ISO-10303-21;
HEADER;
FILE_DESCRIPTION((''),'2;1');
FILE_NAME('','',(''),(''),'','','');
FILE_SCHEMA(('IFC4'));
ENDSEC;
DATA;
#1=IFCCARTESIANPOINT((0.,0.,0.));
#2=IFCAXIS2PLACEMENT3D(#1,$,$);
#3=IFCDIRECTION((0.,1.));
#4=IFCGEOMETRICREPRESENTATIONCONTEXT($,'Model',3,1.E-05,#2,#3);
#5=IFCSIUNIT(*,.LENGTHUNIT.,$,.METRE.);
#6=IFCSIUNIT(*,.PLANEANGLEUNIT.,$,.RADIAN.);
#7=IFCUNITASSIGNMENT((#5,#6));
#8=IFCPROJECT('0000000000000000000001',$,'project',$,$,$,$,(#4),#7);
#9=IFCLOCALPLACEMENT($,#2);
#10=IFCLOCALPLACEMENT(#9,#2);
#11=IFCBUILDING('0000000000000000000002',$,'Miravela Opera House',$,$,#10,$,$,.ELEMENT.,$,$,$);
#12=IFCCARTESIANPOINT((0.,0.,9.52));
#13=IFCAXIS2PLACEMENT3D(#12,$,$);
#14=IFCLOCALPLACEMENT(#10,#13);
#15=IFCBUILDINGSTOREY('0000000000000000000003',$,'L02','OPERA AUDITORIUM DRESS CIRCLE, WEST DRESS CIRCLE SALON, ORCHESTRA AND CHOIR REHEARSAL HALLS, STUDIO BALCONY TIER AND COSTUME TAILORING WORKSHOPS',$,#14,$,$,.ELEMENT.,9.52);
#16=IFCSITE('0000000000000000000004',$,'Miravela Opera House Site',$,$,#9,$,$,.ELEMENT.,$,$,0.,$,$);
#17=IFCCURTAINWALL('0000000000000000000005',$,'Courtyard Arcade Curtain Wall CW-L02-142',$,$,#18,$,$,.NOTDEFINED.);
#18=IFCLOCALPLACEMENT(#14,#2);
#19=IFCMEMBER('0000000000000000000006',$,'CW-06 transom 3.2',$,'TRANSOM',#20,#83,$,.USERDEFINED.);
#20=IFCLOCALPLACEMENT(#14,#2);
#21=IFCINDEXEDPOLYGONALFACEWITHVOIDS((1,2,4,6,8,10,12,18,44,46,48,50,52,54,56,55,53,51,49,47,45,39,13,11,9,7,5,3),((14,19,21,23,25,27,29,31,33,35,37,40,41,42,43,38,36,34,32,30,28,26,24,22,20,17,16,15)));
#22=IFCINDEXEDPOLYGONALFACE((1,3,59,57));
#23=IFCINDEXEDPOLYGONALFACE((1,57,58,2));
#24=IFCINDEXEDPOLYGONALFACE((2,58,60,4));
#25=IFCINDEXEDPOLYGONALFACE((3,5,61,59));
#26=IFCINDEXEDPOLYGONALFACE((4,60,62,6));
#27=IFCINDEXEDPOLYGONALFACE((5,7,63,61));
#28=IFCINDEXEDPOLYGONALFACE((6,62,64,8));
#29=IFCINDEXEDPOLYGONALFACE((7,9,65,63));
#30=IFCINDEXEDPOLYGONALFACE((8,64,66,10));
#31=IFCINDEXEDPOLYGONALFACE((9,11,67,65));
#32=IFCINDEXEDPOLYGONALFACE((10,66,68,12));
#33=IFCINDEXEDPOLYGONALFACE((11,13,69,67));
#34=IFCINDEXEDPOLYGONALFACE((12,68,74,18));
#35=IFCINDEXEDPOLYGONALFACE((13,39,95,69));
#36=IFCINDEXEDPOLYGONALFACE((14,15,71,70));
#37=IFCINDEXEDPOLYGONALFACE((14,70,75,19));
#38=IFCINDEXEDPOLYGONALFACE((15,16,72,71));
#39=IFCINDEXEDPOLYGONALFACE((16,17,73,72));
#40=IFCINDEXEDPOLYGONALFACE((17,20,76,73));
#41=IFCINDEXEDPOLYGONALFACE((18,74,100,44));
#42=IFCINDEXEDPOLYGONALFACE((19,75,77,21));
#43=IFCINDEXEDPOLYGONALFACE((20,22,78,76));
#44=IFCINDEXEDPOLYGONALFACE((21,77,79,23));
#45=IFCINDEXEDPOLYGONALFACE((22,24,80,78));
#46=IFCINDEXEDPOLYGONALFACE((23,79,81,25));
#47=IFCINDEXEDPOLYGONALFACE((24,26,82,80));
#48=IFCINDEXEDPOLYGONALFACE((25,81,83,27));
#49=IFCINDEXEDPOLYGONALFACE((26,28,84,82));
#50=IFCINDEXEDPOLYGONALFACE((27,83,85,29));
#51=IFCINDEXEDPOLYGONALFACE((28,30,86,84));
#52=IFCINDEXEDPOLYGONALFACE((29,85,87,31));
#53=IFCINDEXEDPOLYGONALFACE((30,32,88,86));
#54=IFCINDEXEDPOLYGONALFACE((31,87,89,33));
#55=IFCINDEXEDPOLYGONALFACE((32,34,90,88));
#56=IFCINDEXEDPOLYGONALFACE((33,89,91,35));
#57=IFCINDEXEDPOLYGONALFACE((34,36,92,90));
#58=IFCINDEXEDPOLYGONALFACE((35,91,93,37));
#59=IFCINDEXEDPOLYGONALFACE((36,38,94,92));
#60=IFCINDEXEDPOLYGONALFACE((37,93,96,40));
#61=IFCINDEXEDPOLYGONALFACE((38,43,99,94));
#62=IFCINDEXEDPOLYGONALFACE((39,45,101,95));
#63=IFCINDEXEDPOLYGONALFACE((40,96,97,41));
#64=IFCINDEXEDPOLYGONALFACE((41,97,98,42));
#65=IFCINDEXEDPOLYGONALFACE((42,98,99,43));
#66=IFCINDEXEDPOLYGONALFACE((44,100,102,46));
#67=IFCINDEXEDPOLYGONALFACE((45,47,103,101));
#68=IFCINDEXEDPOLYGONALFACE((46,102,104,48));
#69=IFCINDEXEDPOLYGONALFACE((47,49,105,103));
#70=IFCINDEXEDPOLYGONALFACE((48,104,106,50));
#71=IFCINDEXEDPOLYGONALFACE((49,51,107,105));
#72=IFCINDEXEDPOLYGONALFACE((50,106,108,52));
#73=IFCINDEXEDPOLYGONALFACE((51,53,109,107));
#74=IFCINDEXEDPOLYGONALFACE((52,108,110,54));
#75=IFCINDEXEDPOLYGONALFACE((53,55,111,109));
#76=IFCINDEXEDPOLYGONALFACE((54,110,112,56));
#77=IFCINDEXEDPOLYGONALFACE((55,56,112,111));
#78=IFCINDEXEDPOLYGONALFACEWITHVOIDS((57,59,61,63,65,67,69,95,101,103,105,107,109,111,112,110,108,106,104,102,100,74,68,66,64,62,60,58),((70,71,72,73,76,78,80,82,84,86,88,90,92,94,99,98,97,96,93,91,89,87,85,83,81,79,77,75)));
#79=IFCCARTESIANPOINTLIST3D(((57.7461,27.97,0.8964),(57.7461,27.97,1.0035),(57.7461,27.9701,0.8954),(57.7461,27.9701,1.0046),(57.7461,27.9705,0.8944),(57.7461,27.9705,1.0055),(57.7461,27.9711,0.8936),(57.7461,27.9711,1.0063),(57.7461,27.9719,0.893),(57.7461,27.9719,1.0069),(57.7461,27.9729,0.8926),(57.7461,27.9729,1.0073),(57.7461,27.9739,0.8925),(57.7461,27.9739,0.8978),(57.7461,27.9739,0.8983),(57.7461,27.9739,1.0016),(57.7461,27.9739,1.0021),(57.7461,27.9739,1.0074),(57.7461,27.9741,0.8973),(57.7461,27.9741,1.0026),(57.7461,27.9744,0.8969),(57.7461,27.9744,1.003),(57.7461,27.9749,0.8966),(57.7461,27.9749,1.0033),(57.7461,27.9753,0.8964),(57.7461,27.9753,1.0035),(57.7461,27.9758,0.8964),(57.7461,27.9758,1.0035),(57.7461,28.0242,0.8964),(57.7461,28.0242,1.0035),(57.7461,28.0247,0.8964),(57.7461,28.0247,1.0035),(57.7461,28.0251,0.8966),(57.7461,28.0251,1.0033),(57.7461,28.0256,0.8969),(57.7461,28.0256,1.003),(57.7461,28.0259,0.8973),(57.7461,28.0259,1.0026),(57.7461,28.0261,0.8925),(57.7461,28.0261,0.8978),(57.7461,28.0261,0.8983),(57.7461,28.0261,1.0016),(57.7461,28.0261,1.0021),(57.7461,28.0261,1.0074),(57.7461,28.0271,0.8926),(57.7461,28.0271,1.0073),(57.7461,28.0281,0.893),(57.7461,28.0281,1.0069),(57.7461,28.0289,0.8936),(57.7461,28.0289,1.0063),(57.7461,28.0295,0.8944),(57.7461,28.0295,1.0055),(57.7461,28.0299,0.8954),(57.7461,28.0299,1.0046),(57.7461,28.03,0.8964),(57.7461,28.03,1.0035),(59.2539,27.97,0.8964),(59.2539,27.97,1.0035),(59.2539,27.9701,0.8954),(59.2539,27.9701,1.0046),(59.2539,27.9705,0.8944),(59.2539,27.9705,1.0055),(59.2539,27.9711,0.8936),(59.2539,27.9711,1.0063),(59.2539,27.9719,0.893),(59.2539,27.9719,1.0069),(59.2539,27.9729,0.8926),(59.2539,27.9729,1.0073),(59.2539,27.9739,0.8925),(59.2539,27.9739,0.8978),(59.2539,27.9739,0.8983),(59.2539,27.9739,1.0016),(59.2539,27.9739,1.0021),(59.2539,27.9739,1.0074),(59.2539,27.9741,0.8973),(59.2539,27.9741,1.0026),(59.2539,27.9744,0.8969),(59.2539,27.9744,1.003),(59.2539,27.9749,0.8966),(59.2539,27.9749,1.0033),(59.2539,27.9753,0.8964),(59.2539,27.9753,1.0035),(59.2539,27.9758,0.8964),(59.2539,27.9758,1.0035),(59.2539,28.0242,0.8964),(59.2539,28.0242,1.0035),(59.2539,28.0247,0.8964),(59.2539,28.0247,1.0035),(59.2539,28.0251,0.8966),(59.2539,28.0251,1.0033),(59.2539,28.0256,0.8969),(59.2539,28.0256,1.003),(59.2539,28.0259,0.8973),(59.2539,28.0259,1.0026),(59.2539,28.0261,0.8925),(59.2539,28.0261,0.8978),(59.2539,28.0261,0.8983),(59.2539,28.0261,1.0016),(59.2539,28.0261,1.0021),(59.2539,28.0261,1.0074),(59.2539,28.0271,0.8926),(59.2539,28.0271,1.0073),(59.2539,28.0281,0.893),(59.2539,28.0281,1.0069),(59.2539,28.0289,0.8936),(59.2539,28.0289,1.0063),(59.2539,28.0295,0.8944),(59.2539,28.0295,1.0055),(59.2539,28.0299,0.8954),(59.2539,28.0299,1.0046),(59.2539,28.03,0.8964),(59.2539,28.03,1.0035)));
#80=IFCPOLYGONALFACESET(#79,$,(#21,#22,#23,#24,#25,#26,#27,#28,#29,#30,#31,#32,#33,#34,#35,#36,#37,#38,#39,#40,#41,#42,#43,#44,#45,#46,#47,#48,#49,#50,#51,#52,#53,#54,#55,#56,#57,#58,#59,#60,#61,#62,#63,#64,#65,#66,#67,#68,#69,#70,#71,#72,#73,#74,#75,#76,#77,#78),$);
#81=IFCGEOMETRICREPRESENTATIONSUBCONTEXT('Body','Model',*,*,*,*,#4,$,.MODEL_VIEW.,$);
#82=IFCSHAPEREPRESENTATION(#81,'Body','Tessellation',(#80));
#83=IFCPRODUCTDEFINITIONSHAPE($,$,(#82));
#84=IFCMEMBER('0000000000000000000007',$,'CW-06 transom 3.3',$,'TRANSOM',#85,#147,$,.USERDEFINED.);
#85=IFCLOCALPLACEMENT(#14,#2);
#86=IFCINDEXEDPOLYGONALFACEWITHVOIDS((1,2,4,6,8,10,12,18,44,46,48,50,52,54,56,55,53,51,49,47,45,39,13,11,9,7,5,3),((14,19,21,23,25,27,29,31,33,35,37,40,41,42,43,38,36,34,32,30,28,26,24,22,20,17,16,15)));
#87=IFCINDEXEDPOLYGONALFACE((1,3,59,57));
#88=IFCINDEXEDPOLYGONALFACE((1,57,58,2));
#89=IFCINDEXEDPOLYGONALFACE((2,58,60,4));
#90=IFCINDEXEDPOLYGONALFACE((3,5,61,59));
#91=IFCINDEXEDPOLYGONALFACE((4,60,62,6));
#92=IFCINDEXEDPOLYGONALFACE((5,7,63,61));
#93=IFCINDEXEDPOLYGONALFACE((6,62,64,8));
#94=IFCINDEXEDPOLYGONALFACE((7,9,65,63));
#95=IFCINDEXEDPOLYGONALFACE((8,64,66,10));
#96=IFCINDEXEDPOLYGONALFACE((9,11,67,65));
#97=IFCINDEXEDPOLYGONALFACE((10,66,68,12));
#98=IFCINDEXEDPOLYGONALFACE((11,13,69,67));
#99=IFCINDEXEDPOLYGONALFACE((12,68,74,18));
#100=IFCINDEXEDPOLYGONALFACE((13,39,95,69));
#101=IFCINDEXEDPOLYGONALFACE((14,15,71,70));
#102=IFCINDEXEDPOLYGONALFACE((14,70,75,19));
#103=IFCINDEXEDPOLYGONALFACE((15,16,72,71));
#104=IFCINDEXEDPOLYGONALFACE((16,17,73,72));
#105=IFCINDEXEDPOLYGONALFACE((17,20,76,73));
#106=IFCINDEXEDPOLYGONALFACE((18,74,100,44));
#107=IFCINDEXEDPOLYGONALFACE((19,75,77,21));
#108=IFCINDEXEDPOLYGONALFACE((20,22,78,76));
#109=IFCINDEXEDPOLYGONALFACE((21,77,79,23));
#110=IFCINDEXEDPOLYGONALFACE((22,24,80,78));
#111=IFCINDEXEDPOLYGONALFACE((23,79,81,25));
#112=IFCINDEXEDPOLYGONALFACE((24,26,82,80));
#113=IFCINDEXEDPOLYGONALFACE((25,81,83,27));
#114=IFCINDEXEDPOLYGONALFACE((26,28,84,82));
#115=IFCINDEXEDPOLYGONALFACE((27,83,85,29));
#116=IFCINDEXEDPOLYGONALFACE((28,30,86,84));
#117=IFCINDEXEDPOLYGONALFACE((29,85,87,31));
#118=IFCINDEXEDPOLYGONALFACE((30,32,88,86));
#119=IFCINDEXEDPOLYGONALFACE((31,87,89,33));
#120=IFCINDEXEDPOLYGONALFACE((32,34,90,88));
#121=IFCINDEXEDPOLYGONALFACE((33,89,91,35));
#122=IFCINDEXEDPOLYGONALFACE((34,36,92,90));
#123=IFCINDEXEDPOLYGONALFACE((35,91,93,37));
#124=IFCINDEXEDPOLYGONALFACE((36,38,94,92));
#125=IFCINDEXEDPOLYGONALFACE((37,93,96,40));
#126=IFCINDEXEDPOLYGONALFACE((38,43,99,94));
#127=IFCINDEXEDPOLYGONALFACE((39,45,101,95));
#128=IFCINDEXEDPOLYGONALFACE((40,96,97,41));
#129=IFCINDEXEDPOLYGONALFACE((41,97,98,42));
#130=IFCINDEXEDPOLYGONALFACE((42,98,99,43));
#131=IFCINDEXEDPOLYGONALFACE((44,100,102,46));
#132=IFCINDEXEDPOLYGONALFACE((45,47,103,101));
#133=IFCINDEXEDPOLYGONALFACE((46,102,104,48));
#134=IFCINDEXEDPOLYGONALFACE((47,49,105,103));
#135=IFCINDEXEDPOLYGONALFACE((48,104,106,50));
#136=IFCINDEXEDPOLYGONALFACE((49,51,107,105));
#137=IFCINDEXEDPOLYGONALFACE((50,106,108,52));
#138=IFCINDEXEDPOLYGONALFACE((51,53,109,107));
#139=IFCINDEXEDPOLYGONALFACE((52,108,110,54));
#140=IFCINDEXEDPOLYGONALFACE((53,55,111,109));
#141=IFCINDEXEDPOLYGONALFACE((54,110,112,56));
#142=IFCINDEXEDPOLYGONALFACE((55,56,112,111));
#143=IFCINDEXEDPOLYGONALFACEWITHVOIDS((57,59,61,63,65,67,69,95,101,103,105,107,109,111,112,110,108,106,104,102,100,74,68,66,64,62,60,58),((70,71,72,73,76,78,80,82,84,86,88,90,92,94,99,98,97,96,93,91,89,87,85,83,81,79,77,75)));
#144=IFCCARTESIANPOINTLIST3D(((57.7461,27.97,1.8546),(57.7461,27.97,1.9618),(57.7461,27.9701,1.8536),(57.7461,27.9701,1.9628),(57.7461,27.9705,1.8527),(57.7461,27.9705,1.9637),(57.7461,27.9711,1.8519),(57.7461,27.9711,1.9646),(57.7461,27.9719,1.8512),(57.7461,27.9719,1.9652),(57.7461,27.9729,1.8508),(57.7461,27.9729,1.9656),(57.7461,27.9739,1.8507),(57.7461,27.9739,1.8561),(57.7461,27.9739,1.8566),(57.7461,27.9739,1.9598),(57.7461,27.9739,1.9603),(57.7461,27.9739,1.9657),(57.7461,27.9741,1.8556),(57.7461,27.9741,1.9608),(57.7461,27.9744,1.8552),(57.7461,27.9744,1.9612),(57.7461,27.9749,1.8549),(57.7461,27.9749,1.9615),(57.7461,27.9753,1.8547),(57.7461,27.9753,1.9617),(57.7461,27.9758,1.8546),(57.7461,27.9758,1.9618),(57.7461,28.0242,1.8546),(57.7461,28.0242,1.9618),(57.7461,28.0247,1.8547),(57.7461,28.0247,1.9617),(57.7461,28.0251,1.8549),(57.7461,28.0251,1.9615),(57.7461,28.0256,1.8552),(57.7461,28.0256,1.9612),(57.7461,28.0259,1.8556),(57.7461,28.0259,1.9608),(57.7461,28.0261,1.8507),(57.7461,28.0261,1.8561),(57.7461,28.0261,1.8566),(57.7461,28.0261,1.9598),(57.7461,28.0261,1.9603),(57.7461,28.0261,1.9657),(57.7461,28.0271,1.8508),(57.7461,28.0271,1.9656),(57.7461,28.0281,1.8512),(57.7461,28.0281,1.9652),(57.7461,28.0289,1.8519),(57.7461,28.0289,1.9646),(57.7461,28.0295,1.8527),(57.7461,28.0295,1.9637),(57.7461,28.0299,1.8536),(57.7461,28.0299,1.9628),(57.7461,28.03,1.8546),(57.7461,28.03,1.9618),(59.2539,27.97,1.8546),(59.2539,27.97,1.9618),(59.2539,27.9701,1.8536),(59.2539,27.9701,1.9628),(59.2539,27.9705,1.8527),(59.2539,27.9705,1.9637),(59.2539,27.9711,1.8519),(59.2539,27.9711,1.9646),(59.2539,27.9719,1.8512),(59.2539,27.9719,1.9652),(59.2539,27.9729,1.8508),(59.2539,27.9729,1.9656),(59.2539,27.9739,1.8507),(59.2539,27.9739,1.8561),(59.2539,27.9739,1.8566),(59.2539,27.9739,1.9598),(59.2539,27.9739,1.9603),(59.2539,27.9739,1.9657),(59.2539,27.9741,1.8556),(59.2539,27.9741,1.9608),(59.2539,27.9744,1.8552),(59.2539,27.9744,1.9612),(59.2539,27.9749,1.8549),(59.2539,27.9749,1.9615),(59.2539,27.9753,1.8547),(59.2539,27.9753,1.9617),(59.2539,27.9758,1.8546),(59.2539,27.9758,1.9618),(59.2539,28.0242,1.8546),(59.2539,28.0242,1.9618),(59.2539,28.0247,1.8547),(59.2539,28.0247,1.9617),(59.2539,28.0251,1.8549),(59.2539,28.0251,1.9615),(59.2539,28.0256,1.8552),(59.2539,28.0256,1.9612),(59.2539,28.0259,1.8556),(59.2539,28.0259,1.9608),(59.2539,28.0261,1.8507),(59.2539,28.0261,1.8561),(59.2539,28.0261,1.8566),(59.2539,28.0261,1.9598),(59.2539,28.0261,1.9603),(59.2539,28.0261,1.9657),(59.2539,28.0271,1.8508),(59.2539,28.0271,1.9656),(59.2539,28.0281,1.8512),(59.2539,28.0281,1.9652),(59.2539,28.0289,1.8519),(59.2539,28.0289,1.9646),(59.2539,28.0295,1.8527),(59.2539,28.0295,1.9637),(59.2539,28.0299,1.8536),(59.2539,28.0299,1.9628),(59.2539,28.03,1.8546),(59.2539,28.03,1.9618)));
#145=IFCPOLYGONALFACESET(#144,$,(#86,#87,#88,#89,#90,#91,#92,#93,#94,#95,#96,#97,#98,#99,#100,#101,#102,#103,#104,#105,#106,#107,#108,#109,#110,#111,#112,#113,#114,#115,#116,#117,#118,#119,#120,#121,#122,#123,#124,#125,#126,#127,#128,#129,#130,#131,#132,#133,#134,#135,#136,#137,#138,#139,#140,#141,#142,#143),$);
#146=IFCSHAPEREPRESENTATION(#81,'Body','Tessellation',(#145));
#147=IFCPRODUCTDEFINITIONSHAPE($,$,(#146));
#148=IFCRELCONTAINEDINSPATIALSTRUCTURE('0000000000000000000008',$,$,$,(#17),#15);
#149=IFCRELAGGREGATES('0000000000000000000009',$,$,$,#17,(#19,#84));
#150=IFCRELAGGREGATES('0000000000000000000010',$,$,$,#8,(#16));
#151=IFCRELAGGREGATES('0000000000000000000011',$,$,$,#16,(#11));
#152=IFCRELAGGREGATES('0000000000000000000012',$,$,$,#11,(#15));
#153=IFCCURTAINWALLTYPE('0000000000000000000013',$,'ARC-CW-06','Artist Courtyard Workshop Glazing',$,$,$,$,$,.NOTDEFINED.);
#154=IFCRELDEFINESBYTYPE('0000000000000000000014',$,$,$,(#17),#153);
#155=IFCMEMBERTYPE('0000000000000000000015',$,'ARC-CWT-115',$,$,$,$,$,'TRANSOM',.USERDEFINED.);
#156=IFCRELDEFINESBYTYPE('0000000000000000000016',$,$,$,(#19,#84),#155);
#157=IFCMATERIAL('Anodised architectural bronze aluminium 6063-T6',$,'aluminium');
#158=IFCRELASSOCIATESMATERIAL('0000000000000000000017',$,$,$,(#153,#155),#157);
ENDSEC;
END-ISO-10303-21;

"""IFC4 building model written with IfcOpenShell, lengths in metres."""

from ifc_helpers import new_model, si_unit, direction, frame, origin, origin_2d, place, context, subcontext, project, spatial, hollow_rectangle, extrude, material, material_profile, profile_set, type_object, element, aggregate, save


model = new_model("IFC4")

# Units and contexts
model_context = context("Model", 3, precision=1e-05, world=origin(), true_north=direction((0.0, 1.0)))
body_context = subcontext(model_context, "Body", "Model", "MODEL_VIEW")
ifc_project = project(units=[si_unit("LENGTHUNIT", "METRE"), si_unit("PLANEANGLEUNIT", "RADIAN")], contexts=[model_context])

# Site, building, storey
site_placement = place(None, origin())
site = spatial("IfcSite", under=ifc_project, at=site_placement, Name="Miravela Opera House Site", CompositionType="ELEMENT", RefElevation=0.0)
building_placement = place(site_placement, origin())
building = spatial("IfcBuilding", under=site, at=building_placement, Name="Miravela Opera House", CompositionType="ELEMENT")
storey_placement = place(building_placement, frame((0.0, 0.0, 9.52)))
storey = spatial("IfcBuildingStorey", under=building, at=storey_placement, Name="L02", Description="OPERA AUDITORIUM DRESS CIRCLE, WEST DRESS CIRCLE SALON, ORCHESTRA AND CHOIR REHEARSAL HALLS, STUDIO BALCONY TIER AND COSTUME TAILORING WORKSHOPS", CompositionType="ELEMENT", Elevation=9.52)

# Curtain wall, members
ifc_material_1 = material(Name="Anodised architectural bronze aluminium 6063-T6", Category="aluminium")
curtain_wall_type = type_object("IfcCurtainWallType", Name="ARC-CW-06", Description="Artist Courtyard Workshop Glazing", PredefinedType="NOTDEFINED", material=ifc_material_1)
curtain_wall_placement = place(storey_placement, origin())
curtain_wall = element("IfcCurtainWall", 1, at=curtain_wall_placement, inside=storey, type_object=curtain_wall_type, Name="Courtyard Arcade Curtain Wall CW-L02-142", PredefinedType="NOTDEFINED")
ifc_material_profile_1 = material_profile(ifc_material_1, hollow_rectangle(XDim=0.0601, YDim=0.115, WallThickness=0.0039, InnerFilletRadius=0.002, OuterFilletRadius=0.0039, at=origin_2d()), Name="CWT-60X115")
ifc_profile_set_1 = profile_set([ifc_material_profile_1])
member_type_1 = type_object("IfcMemberType", Name="ARC-CWT-115", ElementType="TRANSOM", PredefinedType="USERDEFINED", material=ifc_profile_set_1)
member_1_placement = place(storey_placement, frame((57.7461, 28.0, 0.95), z_axis=(1.0, 0.0, 0.0), x_axis=(0.0, 1.0, 0.0)))
member_1 = element("IfcMember", 2, at=member_1_placement, type_object=member_type_1, Name="CW-06 transom 3.2", ObjectType="TRANSOM", PredefinedType="USERDEFINED", context=body_context, shape_type="SweptSolid", body=[
    extrude(hollow_rectangle(XDim=0.0601, YDim=0.115, WallThickness=0.0039, InnerFilletRadius=0.002, OuterFilletRadius=0.0039, at=origin_2d()), origin(), (0.0, 0.0, 1.0), 1.5078),
])
member_2_placement = place(storey_placement, frame((57.7461, 28.0, 1.9082), z_axis=(1.0, 0.0, 0.0), x_axis=(0.0, 1.0, 0.0)))
member_2 = element("IfcMember", 3, at=member_2_placement, type_object=member_type_1, Name="CW-06 transom 3.3", ObjectType="TRANSOM", PredefinedType="USERDEFINED", context=body_context, shape_type="SweptSolid", body=[
    extrude(hollow_rectangle(XDim=0.0601, YDim=0.115, WallThickness=0.0039, InnerFilletRadius=0.002, OuterFilletRadius=0.0039, at=origin_2d()), origin(), (0.0, 0.0, 1.0), 1.5078),
])
aggregate(curtain_wall, [member_1, member_2])

save(model, "model.ifc")
